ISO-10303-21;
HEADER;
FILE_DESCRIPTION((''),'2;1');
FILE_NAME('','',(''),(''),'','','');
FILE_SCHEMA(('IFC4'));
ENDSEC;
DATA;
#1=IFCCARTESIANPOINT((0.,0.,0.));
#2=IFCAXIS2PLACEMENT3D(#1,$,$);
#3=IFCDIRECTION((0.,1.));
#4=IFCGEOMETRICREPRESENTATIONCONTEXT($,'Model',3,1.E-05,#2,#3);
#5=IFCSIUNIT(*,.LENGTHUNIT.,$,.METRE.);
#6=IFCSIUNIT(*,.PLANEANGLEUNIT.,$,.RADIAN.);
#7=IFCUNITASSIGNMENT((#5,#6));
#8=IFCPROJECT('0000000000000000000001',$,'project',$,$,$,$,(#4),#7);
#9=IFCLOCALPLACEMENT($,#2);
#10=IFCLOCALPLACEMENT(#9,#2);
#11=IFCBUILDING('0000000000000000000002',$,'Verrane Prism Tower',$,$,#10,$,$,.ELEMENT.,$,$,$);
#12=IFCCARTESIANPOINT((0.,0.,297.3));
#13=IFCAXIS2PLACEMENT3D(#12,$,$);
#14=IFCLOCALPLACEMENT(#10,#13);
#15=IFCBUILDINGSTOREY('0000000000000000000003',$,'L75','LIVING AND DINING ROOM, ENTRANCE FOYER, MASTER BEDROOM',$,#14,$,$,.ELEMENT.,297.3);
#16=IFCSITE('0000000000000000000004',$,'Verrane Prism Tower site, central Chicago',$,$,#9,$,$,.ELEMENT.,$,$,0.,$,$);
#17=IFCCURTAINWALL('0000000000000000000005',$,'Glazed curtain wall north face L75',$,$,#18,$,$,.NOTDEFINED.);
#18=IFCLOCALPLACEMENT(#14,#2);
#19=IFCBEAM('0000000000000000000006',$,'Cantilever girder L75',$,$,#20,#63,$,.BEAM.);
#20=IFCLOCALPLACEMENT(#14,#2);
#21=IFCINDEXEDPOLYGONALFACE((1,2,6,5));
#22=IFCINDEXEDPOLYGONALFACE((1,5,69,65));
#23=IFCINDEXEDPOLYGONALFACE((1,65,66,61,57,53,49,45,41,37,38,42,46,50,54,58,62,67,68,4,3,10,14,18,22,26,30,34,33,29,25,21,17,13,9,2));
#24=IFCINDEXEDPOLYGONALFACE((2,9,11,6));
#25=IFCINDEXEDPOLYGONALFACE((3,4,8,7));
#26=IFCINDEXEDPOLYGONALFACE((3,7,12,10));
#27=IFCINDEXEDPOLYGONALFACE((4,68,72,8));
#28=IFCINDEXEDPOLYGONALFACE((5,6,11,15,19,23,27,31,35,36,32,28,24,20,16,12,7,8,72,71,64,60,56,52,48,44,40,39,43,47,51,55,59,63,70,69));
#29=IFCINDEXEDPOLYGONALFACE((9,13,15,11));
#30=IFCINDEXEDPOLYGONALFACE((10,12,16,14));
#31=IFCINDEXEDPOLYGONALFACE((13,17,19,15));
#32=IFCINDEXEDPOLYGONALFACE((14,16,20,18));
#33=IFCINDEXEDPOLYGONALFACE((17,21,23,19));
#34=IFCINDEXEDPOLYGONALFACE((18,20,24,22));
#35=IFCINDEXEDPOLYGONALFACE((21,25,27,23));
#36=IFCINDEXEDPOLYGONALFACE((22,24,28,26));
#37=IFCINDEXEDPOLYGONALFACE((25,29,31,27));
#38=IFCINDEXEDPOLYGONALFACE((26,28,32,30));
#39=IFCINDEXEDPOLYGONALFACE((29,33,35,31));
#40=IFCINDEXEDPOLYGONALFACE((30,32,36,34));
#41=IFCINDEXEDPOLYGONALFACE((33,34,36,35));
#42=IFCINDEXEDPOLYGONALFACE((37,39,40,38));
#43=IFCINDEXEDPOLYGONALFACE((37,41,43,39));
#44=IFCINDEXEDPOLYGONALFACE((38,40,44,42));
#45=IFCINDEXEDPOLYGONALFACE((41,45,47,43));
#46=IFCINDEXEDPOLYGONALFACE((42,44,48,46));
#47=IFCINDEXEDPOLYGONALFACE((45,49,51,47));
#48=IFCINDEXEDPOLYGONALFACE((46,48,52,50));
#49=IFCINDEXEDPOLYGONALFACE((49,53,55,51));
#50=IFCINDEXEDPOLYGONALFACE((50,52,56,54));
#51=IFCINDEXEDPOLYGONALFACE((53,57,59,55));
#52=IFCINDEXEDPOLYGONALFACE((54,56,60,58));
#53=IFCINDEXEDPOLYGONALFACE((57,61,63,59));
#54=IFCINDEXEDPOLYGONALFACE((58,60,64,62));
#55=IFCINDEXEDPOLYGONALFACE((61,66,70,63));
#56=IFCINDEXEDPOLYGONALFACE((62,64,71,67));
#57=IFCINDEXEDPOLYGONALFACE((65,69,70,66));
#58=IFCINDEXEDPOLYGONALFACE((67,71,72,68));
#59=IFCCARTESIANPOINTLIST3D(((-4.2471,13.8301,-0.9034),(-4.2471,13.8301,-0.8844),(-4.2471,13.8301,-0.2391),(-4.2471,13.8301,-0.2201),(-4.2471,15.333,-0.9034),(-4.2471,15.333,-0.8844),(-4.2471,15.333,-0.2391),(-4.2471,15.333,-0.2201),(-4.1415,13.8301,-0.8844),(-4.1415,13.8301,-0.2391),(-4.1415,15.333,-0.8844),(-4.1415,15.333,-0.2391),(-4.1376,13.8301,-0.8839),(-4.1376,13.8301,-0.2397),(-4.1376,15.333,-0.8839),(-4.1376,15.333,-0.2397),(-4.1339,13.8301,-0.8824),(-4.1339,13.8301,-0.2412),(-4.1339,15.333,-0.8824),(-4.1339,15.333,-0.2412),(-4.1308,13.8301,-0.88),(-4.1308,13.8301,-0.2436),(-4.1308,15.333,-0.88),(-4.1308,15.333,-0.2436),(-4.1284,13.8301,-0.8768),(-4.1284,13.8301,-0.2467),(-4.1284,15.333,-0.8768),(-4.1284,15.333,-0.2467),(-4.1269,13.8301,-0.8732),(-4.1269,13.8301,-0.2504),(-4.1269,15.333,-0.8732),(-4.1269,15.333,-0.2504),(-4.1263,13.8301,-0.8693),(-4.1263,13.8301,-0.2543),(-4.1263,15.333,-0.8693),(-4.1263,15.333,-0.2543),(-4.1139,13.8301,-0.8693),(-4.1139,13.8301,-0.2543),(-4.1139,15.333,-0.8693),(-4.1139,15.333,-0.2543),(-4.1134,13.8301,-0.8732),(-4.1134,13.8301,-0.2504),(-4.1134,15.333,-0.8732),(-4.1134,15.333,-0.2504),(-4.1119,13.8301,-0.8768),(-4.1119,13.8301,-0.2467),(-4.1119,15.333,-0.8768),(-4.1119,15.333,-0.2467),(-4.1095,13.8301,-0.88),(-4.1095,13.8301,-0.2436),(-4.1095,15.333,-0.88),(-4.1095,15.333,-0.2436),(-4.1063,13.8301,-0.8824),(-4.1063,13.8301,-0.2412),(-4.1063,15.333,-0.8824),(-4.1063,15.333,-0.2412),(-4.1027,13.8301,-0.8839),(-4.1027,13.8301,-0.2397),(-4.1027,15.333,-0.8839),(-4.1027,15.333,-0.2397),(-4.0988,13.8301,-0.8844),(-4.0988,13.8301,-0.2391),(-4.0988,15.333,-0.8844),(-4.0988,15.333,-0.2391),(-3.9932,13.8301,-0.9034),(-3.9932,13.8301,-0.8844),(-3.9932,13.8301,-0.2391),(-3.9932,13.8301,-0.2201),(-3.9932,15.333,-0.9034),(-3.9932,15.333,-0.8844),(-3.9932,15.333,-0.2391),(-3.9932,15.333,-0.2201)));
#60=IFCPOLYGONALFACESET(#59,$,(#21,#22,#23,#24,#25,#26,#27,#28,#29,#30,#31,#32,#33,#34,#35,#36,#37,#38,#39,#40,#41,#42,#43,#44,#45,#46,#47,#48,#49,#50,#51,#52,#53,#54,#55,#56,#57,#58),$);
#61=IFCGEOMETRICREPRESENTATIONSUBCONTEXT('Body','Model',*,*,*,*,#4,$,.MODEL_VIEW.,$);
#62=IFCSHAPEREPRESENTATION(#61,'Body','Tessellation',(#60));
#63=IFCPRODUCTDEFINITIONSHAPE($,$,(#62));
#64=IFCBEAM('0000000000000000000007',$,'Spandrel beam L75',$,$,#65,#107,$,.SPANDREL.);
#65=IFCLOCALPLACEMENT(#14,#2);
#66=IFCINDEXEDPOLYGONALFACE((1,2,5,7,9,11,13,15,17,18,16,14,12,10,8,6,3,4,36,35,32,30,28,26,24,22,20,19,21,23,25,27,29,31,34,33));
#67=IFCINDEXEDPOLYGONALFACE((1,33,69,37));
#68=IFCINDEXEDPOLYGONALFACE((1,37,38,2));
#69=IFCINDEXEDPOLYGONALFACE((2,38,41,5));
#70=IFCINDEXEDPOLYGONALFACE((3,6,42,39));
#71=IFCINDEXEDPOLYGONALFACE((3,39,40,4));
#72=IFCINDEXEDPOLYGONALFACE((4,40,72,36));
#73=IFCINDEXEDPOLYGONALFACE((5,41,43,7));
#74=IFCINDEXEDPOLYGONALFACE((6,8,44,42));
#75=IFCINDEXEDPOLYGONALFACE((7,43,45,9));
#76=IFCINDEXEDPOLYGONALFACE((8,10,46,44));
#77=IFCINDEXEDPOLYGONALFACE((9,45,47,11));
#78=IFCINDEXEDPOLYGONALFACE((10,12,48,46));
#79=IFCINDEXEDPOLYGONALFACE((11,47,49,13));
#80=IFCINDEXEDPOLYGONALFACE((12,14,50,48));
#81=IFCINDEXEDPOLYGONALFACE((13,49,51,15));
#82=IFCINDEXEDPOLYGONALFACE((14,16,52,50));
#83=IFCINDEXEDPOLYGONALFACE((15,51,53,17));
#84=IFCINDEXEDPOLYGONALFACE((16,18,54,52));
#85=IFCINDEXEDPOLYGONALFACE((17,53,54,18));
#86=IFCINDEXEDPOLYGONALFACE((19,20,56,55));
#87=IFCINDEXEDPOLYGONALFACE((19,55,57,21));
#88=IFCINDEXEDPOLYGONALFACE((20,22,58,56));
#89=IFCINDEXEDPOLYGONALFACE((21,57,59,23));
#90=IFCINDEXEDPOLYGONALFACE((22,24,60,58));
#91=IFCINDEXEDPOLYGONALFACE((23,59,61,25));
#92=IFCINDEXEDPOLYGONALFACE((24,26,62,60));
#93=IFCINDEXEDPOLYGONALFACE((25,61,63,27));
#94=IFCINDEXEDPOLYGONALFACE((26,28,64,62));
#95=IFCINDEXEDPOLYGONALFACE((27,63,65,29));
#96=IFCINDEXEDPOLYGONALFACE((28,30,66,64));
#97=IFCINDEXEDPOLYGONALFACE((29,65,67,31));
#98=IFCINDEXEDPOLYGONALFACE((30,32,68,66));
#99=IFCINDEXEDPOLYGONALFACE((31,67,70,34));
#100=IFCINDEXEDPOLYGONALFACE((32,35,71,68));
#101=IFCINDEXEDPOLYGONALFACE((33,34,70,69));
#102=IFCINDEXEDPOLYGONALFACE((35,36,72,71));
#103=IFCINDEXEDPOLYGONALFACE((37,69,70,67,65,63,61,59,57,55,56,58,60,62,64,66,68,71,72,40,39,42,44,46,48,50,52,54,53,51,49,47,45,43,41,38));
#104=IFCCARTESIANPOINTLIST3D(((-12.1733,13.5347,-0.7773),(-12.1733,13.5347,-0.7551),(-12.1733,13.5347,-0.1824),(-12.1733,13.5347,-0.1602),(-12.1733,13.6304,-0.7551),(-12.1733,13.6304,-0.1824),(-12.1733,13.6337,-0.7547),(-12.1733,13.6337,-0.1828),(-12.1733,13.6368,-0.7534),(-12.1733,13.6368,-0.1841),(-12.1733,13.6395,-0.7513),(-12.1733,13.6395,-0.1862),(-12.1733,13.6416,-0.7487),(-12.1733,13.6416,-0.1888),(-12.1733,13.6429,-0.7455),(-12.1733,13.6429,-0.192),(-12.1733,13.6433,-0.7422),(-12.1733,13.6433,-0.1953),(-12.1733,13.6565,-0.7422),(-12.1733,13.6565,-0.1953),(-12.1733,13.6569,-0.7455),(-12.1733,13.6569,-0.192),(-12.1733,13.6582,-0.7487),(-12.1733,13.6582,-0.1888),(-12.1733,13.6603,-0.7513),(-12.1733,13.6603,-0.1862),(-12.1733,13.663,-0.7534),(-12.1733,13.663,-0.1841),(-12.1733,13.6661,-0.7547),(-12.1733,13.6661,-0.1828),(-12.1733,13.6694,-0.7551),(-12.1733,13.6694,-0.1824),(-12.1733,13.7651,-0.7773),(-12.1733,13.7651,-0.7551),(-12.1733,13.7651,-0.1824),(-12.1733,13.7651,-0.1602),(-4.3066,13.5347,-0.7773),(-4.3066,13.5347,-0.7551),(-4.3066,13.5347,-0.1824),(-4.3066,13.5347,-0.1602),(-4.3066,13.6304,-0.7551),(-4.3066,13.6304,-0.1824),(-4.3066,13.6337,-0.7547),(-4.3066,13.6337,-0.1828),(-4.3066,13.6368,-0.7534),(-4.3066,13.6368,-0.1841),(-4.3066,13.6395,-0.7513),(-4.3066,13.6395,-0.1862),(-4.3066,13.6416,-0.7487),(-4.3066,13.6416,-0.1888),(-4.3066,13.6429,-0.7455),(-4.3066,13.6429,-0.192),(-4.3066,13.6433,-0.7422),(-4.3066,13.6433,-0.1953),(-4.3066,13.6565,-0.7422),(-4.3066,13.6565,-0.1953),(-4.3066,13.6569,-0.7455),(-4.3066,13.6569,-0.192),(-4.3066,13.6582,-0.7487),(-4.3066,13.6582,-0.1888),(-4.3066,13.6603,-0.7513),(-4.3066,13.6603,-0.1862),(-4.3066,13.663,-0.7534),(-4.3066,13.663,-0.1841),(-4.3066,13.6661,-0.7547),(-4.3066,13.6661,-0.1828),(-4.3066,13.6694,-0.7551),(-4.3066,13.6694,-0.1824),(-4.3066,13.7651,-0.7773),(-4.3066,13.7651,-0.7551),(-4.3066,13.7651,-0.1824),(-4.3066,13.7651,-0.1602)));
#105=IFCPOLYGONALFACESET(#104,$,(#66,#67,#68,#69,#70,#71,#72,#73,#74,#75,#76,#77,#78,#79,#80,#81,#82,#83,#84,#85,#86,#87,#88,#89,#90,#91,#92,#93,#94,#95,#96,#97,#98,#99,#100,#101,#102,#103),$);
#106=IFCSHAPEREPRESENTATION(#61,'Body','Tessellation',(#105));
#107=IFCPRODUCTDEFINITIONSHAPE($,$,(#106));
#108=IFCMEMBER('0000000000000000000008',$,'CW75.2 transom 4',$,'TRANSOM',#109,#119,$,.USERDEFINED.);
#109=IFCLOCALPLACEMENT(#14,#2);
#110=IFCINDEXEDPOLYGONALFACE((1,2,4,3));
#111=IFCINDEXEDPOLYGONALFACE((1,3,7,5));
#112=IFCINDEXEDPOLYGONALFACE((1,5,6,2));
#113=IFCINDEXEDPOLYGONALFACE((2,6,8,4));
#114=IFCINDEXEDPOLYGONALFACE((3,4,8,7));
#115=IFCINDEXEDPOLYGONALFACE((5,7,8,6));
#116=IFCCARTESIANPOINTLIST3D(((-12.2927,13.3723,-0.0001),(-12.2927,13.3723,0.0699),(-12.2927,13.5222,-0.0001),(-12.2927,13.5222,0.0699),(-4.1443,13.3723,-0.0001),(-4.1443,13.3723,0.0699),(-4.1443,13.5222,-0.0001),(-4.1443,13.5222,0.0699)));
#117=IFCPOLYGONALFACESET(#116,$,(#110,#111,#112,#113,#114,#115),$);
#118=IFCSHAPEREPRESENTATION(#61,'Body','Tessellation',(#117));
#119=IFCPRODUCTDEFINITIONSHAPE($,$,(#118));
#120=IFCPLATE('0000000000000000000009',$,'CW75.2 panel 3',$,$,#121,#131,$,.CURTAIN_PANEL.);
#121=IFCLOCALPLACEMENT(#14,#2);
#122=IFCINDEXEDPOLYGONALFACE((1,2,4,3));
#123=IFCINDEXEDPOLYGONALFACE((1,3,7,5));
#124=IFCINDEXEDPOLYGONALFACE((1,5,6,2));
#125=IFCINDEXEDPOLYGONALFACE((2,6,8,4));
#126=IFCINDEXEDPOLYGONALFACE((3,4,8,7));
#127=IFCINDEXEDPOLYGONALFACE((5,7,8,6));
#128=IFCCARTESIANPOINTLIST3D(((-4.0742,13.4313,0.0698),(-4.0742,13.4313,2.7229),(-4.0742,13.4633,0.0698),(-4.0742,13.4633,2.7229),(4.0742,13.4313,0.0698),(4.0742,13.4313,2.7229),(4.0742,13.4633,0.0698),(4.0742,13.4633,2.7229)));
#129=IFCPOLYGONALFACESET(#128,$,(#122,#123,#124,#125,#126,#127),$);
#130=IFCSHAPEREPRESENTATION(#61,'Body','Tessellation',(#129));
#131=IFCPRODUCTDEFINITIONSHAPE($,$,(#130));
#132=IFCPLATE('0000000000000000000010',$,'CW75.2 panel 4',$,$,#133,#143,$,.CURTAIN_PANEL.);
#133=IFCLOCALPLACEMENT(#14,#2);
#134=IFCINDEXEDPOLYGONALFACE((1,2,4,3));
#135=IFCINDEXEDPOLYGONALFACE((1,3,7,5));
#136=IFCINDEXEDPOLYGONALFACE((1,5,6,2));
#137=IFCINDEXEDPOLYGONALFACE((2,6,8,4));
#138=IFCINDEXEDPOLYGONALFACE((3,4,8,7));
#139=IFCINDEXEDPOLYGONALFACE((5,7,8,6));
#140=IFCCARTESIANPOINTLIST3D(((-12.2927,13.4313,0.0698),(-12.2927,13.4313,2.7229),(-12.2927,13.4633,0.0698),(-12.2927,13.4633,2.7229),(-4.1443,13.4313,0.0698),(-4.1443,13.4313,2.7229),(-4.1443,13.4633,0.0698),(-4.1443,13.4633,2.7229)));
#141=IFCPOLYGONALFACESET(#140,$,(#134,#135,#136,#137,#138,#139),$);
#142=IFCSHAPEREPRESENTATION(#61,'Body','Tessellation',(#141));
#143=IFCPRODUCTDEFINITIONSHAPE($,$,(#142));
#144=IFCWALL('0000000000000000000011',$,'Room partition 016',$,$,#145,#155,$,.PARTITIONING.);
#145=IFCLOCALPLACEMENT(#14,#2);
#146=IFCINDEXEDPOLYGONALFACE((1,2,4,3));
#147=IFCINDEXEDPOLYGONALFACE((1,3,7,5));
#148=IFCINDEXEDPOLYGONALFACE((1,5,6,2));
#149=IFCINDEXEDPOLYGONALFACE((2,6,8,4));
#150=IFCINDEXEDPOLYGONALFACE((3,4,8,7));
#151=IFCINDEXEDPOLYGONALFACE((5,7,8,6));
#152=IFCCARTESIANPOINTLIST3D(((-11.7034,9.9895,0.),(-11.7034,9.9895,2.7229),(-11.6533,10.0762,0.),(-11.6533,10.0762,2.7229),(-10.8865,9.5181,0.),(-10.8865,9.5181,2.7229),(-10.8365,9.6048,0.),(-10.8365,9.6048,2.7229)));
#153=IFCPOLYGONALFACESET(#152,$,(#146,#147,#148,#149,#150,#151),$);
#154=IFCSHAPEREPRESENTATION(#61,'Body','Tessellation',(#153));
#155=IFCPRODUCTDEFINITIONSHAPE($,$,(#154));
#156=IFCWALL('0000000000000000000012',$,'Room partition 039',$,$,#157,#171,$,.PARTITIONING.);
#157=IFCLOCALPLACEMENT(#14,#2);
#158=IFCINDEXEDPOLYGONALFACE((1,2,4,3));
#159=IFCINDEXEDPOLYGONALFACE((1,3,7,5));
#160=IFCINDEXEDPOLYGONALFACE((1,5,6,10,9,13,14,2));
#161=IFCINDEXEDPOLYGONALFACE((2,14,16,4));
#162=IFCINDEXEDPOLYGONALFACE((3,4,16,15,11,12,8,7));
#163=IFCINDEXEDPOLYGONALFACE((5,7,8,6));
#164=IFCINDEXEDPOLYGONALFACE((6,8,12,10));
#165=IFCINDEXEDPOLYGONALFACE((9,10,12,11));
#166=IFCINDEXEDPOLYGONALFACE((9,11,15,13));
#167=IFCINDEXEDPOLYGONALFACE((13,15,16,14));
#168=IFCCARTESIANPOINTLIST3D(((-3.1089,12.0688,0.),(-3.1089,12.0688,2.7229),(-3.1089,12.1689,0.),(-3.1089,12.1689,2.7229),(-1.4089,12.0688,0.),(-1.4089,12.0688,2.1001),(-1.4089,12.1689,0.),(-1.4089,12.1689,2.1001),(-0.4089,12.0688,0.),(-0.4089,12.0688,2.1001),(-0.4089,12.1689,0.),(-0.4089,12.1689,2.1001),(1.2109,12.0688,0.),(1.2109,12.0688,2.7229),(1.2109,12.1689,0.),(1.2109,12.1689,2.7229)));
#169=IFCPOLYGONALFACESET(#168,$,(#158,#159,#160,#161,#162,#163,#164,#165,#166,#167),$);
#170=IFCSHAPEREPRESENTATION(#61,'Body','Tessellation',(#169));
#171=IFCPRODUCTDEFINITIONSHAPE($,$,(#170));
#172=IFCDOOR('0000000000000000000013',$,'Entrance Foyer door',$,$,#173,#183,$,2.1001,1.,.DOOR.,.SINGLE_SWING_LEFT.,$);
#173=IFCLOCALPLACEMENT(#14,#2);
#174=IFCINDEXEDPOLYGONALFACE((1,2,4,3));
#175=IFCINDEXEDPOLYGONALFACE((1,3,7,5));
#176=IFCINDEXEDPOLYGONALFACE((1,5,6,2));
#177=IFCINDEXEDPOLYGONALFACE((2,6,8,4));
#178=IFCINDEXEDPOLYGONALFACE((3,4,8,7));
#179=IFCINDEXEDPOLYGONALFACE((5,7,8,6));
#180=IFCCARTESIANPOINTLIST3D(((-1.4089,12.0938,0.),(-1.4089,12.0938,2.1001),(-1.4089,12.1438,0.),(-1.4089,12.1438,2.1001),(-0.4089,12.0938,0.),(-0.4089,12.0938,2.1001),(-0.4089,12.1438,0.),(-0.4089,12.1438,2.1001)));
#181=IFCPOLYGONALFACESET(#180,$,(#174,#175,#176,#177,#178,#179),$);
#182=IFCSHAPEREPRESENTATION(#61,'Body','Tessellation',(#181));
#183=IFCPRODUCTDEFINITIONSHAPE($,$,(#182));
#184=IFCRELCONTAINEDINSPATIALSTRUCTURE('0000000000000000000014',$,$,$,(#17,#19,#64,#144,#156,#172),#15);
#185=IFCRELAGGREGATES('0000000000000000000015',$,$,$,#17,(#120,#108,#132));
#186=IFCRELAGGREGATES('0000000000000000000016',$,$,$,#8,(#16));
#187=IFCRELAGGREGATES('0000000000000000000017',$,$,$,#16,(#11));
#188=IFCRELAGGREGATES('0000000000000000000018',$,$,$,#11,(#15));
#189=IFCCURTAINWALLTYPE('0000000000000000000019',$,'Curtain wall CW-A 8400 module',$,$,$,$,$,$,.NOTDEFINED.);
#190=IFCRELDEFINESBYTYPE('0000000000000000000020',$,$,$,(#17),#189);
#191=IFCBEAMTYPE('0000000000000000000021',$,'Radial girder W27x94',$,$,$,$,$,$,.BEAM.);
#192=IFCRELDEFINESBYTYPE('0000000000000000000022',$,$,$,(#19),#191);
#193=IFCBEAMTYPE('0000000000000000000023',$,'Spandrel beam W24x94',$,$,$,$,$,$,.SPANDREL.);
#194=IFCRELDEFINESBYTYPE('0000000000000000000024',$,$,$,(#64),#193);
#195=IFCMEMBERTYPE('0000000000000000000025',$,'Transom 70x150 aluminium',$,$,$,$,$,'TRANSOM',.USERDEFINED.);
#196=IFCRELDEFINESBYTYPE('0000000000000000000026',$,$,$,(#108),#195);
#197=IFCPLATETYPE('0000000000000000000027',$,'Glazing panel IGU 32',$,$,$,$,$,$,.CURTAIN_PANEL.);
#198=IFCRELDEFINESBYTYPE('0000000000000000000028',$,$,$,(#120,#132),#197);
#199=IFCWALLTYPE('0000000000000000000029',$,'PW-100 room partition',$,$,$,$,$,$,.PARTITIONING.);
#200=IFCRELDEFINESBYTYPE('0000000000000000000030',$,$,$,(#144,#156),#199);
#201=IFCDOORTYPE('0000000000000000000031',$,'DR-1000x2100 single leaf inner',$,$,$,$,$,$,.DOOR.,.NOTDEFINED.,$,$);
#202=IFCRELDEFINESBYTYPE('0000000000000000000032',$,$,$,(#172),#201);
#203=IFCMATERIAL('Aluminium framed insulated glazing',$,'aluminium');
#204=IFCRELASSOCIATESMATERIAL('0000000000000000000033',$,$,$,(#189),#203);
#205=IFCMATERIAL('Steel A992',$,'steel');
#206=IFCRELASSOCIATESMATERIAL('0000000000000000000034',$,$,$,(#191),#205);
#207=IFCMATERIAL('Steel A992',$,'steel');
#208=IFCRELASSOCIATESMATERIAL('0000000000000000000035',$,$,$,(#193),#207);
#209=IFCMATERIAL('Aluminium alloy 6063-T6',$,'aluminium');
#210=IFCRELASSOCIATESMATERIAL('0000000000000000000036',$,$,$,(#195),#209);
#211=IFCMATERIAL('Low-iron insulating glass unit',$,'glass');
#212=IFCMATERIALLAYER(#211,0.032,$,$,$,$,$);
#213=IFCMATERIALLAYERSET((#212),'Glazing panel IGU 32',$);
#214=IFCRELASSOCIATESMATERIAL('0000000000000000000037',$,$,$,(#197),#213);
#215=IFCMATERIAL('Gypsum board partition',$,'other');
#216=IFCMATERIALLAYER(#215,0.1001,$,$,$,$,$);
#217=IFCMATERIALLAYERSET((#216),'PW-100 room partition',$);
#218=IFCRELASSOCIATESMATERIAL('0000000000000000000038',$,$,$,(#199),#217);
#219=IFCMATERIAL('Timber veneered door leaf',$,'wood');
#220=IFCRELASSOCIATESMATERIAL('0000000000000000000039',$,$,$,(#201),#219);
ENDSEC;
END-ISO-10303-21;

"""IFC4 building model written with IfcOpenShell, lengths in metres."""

from ifc_helpers import new_model, si_unit, direction, frame, frame_2d, origin, origin_2d, place, context, subcontext, project, spatial, rectangle, i_section, extrude, material, layer, layer_set, material_profile, profile_set, type_object, element, fill, aggregate, save


model = new_model("IFC4")

# Units and contexts
model_context = context("Model", 3, precision=1e-05, world=origin(), true_north=direction((0.0, 1.0)))
body_context = subcontext(model_context, "Body", "Model", "MODEL_VIEW")
ifc_project = project(units=[si_unit("LENGTHUNIT", "METRE"), si_unit("PLANEANGLEUNIT", "RADIAN")], contexts=[model_context])

# Site, building, storey
site_placement = place(None, origin())
site = spatial("IfcSite", under=ifc_project, at=site_placement, Name="Verrane Prism Tower site, central Chicago", CompositionType="ELEMENT", RefElevation=0.0)
building_placement = place(site_placement, origin())
building = spatial("IfcBuilding", under=site, at=building_placement, Name="Verrane Prism Tower", CompositionType="ELEMENT")
storey_placement = place(building_placement, frame((0.0, 0.0, 297.3)))
storey = spatial("IfcBuildingStorey", under=building, at=storey_placement, Name="L75", Description="LIVING AND DINING ROOM, ENTRANCE FOYER, MASTER BEDROOM", CompositionType="ELEMENT", Elevation=297.3)

# Curtain wall
ifc_material_1 = material(Name="Aluminium framed insulated glazing", Category="aluminium")
curtain_wall_type = type_object("IfcCurtainWallType", Name="Curtain wall CW-A 8400 module", PredefinedType="NOTDEFINED", material=ifc_material_1)
curtain_wall_placement = place(storey_placement, origin())
curtain_wall = element("IfcCurtainWall", 1, at=curtain_wall_placement, inside=storey, type_object=curtain_wall_type, Name="Glazed curtain wall north face L75", PredefinedType="NOTDEFINED")

# Beams
ifc_material_2 = material(Name="Steel A992", Category="steel")
ifc_material_profile_1 = material_profile(ifc_material_2, i_section(OverallWidth=0.2539, OverallDepth=0.6833, WebThickness=0.0125, FlangeThickness=0.019, FilletRadius=0.0151, at=origin_2d()), Name="W27x94")
ifc_profile_set_1 = profile_set([ifc_material_profile_1], Name="Steel A992")
beam_type_1 = type_object("IfcBeamType", Name="Radial girder W27x94", PredefinedType="BEAM", material=ifc_profile_set_1)
beam_1_placement = place(storey_placement, frame((-4.1201, 13.8301, -0.5618), z_axis=(0.0, 1.0, 0.0), x_axis=(-1.0, 0.0, 0.0)))
element("IfcBeam", 2, at=beam_1_placement, inside=storey, type_object=beam_type_1, Name="Cantilever girder L75", PredefinedType="BEAM", context=body_context, shape_type="SweptSolid", body=[
    extrude(i_section(OverallWidth=0.2539, OverallDepth=0.6833, WebThickness=0.0125, FlangeThickness=0.019, FilletRadius=0.0151, at=origin_2d()), origin(), (0.0, 0.0, 1.0), 1.5029),
])
ifc_material_3 = material(Name="Steel A992", Category="steel")
ifc_material_profile_2 = material_profile(ifc_material_3, i_section(OverallWidth=0.2305, OverallDepth=0.6172, WebThickness=0.0132, FlangeThickness=0.0222, FilletRadius=0.0129, at=origin_2d()), Name="W24x94")
ifc_profile_set_2 = profile_set([ifc_material_profile_2], Name="Steel A992")
beam_type_2 = type_object("IfcBeamType", Name="Spandrel beam W24x94", PredefinedType="SPANDREL", material=ifc_profile_set_2)
beam_2_placement = place(storey_placement, frame((-4.3066, 13.6499, -0.4688), z_axis=(-1.0, 0.0, 0.0), x_axis=(0.0, -1.0, 0.0)))
element("IfcBeam", 3, at=beam_2_placement, inside=storey, type_object=beam_type_2, Name="Spandrel beam L75", PredefinedType="SPANDREL", context=body_context, shape_type="SweptSolid", body=[
    extrude(i_section(OverallWidth=0.2305, OverallDepth=0.6172, WebThickness=0.0132, FlangeThickness=0.0222, FilletRadius=0.0129, at=origin_2d()), origin(), (0.0, 0.0, 1.0), 7.8667),
])

# Member
ifc_material_4 = material(Name="Aluminium alloy 6063-T6", Category="aluminium")
ifc_material_profile_3 = material_profile(ifc_material_4, rectangle(XDim=0.1499, YDim=0.0701, at=origin_2d()), Name="Transom 70x150 aluminium")
ifc_profile_set_3 = profile_set([ifc_material_profile_3], Name="Aluminium alloy 6063-T6")
member_type_1 = type_object("IfcMemberType", Name="Transom 70x150 aluminium", ElementType="TRANSOM", PredefinedType="USERDEFINED", material=ifc_profile_set_3)
member_1_placement = place(storey_placement, frame((-4.1443, 13.4473, 0.0349), z_axis=(-1.0, 0.0, 0.0), x_axis=(0.0, -1.0, 0.0)))
member_1 = element("IfcMember", 4, at=member_1_placement, type_object=member_type_1, Name="CW75.2 transom 4", ObjectType="TRANSOM", PredefinedType="USERDEFINED", context=body_context, shape_type="SweptSolid", body=[
    extrude(rectangle(XDim=0.1499, YDim=0.0701, at=origin_2d()), origin(), (0.0, 0.0, 1.0), 8.1484),
])

# Plates
ifc_material_5 = material(Name="Low-iron insulating glass unit", Category="glass")
ifc_layer_1 = layer(ifc_material_5, 0.032)
ifc_layer_set_1 = layer_set([ifc_layer_1], Name="Glazing panel IGU 32")
plate_type = type_object("IfcPlateType", Name="Glazing panel IGU 32", PredefinedType="CURTAIN_PANEL", material=ifc_layer_set_1)
plate_1_placement = place(storey_placement, frame((0.0, 13.4473, 0.0698), z_axis=(0.0, 0.0, 1.0), x_axis=(-1.0, 0.0, 0.0)))
plate_1 = element("IfcPlate", 5, at=plate_1_placement, type_object=plate_type, Name="CW75.2 panel 3", PredefinedType="CURTAIN_PANEL", context=body_context, shape_type="SweptSolid", body=[
    extrude(rectangle(XDim=8.1484, YDim=0.032, at=origin_2d()), origin(), (0.0, 0.0, 1.0), 2.6531),
])
plate_2_placement = place(storey_placement, frame((-8.2185, 13.4473, 0.0698), z_axis=(0.0, 0.0, 1.0), x_axis=(-1.0, 0.0, 0.0)))
plate_2 = element("IfcPlate", 6, at=plate_2_placement, type_object=plate_type, Name="CW75.2 panel 4", PredefinedType="CURTAIN_PANEL", context=body_context, shape_type="SweptSolid", body=[
    extrude(rectangle(XDim=8.1484, YDim=0.032, at=origin_2d()), origin(), (0.0, 0.0, 1.0), 2.6531),
])
aggregate(curtain_wall, [plate_1, member_1, plate_2])

# Wall
ifc_material_6 = material(Name="Gypsum board partition", Category="other")
ifc_layer_2 = layer(ifc_material_6, 0.1001)
ifc_layer_set_2 = layer_set([ifc_layer_2], Name="PW-100 room partition")
wall_type_1 = type_object("IfcWallType", Name="PW-100 room partition", PredefinedType="PARTITIONING", material=ifc_layer_set_2)
wall_1_placement = place(storey_placement, frame((-11.6785, 10.033, 0.0), z_axis=(0.0, 0.0, 1.0), x_axis=(0.866117, -0.499842, 0.0)))
element("IfcWall", 7, at=wall_1_placement, inside=storey, type_object=wall_type_1, Name="Room partition 016", PredefinedType="PARTITIONING", context=body_context, shape_type="SweptSolid", body=[
    extrude(rectangle(XDim=0.9431, YDim=0.1001, at=frame_2d((0.4717, 0.0))), origin(), (0.0, 0.0, 1.0), 2.7229),
])

# Wall, opening, door
wall_2_placement = place(storey_placement, frame((-3.1089, 12.1189, 0.0), z_axis=(0.0, 0.0, 1.0), x_axis=(1.0, 0.0, 0.0)))
wall_2 = element("IfcWall", 8, at=wall_2_placement, inside=storey, type_object=wall_type_1, Name="Room partition 039", PredefinedType="PARTITIONING", context=body_context, shape_type="SweptSolid", body=[
    extrude(rectangle(XDim=4.3198, YDim=0.1001, at=frame_2d((2.1599, 0.0))), origin(), (0.0, 0.0, 1.0), 2.7229),
])
opening_1_placement = place(wall_2_placement, frame((1.7, 0.0, 0.0)))
opening_1 = element("IfcOpeningElement", 9, at=opening_1_placement, cuts=wall_2, PredefinedType="OPENING", context=body_context, shape_type="SweptSolid", body=[
    extrude(rectangle(XDim=1.0, YDim=2.1001, at=frame_2d((0.5, 1.05))), frame((0.0, 0.0601, 0.0), z_axis=(0.0, -1.0, 0.0), x_axis=(1.0, 0.0, 0.0)), (0.0, 0.0, 1.0), 0.1201),
])
ifc_material_7 = material(Name="Timber veneered door leaf", Category="wood")
door_type_1 = type_object("IfcDoorType", Name="DR-1000x2100 single leaf inner", OperationType="NOTDEFINED", PredefinedType="DOOR", material=ifc_material_7)
door_1_placement = place(opening_1_placement, origin())
door_1 = element("IfcDoor", 10, at=door_1_placement, inside=storey, type_object=door_type_1, Name="Entrance Foyer door", OperationType="SINGLE_SWING_LEFT", OverallHeight=2.1001, OverallWidth=1.0, PredefinedType="DOOR", context=body_context, shape_type="SweptSolid", body=[
    extrude(rectangle(XDim=1.0, YDim=2.1001, at=frame_2d((0.5, 1.05))), frame((0.0, 0.0249, 0.0), z_axis=(0.0, -1.0, 0.0), x_axis=(1.0, 0.0, 0.0)), (0.0, 0.0, 1.0), 0.05),
])
fill(opening_1, door_1)

save(model, "model.ifc")
